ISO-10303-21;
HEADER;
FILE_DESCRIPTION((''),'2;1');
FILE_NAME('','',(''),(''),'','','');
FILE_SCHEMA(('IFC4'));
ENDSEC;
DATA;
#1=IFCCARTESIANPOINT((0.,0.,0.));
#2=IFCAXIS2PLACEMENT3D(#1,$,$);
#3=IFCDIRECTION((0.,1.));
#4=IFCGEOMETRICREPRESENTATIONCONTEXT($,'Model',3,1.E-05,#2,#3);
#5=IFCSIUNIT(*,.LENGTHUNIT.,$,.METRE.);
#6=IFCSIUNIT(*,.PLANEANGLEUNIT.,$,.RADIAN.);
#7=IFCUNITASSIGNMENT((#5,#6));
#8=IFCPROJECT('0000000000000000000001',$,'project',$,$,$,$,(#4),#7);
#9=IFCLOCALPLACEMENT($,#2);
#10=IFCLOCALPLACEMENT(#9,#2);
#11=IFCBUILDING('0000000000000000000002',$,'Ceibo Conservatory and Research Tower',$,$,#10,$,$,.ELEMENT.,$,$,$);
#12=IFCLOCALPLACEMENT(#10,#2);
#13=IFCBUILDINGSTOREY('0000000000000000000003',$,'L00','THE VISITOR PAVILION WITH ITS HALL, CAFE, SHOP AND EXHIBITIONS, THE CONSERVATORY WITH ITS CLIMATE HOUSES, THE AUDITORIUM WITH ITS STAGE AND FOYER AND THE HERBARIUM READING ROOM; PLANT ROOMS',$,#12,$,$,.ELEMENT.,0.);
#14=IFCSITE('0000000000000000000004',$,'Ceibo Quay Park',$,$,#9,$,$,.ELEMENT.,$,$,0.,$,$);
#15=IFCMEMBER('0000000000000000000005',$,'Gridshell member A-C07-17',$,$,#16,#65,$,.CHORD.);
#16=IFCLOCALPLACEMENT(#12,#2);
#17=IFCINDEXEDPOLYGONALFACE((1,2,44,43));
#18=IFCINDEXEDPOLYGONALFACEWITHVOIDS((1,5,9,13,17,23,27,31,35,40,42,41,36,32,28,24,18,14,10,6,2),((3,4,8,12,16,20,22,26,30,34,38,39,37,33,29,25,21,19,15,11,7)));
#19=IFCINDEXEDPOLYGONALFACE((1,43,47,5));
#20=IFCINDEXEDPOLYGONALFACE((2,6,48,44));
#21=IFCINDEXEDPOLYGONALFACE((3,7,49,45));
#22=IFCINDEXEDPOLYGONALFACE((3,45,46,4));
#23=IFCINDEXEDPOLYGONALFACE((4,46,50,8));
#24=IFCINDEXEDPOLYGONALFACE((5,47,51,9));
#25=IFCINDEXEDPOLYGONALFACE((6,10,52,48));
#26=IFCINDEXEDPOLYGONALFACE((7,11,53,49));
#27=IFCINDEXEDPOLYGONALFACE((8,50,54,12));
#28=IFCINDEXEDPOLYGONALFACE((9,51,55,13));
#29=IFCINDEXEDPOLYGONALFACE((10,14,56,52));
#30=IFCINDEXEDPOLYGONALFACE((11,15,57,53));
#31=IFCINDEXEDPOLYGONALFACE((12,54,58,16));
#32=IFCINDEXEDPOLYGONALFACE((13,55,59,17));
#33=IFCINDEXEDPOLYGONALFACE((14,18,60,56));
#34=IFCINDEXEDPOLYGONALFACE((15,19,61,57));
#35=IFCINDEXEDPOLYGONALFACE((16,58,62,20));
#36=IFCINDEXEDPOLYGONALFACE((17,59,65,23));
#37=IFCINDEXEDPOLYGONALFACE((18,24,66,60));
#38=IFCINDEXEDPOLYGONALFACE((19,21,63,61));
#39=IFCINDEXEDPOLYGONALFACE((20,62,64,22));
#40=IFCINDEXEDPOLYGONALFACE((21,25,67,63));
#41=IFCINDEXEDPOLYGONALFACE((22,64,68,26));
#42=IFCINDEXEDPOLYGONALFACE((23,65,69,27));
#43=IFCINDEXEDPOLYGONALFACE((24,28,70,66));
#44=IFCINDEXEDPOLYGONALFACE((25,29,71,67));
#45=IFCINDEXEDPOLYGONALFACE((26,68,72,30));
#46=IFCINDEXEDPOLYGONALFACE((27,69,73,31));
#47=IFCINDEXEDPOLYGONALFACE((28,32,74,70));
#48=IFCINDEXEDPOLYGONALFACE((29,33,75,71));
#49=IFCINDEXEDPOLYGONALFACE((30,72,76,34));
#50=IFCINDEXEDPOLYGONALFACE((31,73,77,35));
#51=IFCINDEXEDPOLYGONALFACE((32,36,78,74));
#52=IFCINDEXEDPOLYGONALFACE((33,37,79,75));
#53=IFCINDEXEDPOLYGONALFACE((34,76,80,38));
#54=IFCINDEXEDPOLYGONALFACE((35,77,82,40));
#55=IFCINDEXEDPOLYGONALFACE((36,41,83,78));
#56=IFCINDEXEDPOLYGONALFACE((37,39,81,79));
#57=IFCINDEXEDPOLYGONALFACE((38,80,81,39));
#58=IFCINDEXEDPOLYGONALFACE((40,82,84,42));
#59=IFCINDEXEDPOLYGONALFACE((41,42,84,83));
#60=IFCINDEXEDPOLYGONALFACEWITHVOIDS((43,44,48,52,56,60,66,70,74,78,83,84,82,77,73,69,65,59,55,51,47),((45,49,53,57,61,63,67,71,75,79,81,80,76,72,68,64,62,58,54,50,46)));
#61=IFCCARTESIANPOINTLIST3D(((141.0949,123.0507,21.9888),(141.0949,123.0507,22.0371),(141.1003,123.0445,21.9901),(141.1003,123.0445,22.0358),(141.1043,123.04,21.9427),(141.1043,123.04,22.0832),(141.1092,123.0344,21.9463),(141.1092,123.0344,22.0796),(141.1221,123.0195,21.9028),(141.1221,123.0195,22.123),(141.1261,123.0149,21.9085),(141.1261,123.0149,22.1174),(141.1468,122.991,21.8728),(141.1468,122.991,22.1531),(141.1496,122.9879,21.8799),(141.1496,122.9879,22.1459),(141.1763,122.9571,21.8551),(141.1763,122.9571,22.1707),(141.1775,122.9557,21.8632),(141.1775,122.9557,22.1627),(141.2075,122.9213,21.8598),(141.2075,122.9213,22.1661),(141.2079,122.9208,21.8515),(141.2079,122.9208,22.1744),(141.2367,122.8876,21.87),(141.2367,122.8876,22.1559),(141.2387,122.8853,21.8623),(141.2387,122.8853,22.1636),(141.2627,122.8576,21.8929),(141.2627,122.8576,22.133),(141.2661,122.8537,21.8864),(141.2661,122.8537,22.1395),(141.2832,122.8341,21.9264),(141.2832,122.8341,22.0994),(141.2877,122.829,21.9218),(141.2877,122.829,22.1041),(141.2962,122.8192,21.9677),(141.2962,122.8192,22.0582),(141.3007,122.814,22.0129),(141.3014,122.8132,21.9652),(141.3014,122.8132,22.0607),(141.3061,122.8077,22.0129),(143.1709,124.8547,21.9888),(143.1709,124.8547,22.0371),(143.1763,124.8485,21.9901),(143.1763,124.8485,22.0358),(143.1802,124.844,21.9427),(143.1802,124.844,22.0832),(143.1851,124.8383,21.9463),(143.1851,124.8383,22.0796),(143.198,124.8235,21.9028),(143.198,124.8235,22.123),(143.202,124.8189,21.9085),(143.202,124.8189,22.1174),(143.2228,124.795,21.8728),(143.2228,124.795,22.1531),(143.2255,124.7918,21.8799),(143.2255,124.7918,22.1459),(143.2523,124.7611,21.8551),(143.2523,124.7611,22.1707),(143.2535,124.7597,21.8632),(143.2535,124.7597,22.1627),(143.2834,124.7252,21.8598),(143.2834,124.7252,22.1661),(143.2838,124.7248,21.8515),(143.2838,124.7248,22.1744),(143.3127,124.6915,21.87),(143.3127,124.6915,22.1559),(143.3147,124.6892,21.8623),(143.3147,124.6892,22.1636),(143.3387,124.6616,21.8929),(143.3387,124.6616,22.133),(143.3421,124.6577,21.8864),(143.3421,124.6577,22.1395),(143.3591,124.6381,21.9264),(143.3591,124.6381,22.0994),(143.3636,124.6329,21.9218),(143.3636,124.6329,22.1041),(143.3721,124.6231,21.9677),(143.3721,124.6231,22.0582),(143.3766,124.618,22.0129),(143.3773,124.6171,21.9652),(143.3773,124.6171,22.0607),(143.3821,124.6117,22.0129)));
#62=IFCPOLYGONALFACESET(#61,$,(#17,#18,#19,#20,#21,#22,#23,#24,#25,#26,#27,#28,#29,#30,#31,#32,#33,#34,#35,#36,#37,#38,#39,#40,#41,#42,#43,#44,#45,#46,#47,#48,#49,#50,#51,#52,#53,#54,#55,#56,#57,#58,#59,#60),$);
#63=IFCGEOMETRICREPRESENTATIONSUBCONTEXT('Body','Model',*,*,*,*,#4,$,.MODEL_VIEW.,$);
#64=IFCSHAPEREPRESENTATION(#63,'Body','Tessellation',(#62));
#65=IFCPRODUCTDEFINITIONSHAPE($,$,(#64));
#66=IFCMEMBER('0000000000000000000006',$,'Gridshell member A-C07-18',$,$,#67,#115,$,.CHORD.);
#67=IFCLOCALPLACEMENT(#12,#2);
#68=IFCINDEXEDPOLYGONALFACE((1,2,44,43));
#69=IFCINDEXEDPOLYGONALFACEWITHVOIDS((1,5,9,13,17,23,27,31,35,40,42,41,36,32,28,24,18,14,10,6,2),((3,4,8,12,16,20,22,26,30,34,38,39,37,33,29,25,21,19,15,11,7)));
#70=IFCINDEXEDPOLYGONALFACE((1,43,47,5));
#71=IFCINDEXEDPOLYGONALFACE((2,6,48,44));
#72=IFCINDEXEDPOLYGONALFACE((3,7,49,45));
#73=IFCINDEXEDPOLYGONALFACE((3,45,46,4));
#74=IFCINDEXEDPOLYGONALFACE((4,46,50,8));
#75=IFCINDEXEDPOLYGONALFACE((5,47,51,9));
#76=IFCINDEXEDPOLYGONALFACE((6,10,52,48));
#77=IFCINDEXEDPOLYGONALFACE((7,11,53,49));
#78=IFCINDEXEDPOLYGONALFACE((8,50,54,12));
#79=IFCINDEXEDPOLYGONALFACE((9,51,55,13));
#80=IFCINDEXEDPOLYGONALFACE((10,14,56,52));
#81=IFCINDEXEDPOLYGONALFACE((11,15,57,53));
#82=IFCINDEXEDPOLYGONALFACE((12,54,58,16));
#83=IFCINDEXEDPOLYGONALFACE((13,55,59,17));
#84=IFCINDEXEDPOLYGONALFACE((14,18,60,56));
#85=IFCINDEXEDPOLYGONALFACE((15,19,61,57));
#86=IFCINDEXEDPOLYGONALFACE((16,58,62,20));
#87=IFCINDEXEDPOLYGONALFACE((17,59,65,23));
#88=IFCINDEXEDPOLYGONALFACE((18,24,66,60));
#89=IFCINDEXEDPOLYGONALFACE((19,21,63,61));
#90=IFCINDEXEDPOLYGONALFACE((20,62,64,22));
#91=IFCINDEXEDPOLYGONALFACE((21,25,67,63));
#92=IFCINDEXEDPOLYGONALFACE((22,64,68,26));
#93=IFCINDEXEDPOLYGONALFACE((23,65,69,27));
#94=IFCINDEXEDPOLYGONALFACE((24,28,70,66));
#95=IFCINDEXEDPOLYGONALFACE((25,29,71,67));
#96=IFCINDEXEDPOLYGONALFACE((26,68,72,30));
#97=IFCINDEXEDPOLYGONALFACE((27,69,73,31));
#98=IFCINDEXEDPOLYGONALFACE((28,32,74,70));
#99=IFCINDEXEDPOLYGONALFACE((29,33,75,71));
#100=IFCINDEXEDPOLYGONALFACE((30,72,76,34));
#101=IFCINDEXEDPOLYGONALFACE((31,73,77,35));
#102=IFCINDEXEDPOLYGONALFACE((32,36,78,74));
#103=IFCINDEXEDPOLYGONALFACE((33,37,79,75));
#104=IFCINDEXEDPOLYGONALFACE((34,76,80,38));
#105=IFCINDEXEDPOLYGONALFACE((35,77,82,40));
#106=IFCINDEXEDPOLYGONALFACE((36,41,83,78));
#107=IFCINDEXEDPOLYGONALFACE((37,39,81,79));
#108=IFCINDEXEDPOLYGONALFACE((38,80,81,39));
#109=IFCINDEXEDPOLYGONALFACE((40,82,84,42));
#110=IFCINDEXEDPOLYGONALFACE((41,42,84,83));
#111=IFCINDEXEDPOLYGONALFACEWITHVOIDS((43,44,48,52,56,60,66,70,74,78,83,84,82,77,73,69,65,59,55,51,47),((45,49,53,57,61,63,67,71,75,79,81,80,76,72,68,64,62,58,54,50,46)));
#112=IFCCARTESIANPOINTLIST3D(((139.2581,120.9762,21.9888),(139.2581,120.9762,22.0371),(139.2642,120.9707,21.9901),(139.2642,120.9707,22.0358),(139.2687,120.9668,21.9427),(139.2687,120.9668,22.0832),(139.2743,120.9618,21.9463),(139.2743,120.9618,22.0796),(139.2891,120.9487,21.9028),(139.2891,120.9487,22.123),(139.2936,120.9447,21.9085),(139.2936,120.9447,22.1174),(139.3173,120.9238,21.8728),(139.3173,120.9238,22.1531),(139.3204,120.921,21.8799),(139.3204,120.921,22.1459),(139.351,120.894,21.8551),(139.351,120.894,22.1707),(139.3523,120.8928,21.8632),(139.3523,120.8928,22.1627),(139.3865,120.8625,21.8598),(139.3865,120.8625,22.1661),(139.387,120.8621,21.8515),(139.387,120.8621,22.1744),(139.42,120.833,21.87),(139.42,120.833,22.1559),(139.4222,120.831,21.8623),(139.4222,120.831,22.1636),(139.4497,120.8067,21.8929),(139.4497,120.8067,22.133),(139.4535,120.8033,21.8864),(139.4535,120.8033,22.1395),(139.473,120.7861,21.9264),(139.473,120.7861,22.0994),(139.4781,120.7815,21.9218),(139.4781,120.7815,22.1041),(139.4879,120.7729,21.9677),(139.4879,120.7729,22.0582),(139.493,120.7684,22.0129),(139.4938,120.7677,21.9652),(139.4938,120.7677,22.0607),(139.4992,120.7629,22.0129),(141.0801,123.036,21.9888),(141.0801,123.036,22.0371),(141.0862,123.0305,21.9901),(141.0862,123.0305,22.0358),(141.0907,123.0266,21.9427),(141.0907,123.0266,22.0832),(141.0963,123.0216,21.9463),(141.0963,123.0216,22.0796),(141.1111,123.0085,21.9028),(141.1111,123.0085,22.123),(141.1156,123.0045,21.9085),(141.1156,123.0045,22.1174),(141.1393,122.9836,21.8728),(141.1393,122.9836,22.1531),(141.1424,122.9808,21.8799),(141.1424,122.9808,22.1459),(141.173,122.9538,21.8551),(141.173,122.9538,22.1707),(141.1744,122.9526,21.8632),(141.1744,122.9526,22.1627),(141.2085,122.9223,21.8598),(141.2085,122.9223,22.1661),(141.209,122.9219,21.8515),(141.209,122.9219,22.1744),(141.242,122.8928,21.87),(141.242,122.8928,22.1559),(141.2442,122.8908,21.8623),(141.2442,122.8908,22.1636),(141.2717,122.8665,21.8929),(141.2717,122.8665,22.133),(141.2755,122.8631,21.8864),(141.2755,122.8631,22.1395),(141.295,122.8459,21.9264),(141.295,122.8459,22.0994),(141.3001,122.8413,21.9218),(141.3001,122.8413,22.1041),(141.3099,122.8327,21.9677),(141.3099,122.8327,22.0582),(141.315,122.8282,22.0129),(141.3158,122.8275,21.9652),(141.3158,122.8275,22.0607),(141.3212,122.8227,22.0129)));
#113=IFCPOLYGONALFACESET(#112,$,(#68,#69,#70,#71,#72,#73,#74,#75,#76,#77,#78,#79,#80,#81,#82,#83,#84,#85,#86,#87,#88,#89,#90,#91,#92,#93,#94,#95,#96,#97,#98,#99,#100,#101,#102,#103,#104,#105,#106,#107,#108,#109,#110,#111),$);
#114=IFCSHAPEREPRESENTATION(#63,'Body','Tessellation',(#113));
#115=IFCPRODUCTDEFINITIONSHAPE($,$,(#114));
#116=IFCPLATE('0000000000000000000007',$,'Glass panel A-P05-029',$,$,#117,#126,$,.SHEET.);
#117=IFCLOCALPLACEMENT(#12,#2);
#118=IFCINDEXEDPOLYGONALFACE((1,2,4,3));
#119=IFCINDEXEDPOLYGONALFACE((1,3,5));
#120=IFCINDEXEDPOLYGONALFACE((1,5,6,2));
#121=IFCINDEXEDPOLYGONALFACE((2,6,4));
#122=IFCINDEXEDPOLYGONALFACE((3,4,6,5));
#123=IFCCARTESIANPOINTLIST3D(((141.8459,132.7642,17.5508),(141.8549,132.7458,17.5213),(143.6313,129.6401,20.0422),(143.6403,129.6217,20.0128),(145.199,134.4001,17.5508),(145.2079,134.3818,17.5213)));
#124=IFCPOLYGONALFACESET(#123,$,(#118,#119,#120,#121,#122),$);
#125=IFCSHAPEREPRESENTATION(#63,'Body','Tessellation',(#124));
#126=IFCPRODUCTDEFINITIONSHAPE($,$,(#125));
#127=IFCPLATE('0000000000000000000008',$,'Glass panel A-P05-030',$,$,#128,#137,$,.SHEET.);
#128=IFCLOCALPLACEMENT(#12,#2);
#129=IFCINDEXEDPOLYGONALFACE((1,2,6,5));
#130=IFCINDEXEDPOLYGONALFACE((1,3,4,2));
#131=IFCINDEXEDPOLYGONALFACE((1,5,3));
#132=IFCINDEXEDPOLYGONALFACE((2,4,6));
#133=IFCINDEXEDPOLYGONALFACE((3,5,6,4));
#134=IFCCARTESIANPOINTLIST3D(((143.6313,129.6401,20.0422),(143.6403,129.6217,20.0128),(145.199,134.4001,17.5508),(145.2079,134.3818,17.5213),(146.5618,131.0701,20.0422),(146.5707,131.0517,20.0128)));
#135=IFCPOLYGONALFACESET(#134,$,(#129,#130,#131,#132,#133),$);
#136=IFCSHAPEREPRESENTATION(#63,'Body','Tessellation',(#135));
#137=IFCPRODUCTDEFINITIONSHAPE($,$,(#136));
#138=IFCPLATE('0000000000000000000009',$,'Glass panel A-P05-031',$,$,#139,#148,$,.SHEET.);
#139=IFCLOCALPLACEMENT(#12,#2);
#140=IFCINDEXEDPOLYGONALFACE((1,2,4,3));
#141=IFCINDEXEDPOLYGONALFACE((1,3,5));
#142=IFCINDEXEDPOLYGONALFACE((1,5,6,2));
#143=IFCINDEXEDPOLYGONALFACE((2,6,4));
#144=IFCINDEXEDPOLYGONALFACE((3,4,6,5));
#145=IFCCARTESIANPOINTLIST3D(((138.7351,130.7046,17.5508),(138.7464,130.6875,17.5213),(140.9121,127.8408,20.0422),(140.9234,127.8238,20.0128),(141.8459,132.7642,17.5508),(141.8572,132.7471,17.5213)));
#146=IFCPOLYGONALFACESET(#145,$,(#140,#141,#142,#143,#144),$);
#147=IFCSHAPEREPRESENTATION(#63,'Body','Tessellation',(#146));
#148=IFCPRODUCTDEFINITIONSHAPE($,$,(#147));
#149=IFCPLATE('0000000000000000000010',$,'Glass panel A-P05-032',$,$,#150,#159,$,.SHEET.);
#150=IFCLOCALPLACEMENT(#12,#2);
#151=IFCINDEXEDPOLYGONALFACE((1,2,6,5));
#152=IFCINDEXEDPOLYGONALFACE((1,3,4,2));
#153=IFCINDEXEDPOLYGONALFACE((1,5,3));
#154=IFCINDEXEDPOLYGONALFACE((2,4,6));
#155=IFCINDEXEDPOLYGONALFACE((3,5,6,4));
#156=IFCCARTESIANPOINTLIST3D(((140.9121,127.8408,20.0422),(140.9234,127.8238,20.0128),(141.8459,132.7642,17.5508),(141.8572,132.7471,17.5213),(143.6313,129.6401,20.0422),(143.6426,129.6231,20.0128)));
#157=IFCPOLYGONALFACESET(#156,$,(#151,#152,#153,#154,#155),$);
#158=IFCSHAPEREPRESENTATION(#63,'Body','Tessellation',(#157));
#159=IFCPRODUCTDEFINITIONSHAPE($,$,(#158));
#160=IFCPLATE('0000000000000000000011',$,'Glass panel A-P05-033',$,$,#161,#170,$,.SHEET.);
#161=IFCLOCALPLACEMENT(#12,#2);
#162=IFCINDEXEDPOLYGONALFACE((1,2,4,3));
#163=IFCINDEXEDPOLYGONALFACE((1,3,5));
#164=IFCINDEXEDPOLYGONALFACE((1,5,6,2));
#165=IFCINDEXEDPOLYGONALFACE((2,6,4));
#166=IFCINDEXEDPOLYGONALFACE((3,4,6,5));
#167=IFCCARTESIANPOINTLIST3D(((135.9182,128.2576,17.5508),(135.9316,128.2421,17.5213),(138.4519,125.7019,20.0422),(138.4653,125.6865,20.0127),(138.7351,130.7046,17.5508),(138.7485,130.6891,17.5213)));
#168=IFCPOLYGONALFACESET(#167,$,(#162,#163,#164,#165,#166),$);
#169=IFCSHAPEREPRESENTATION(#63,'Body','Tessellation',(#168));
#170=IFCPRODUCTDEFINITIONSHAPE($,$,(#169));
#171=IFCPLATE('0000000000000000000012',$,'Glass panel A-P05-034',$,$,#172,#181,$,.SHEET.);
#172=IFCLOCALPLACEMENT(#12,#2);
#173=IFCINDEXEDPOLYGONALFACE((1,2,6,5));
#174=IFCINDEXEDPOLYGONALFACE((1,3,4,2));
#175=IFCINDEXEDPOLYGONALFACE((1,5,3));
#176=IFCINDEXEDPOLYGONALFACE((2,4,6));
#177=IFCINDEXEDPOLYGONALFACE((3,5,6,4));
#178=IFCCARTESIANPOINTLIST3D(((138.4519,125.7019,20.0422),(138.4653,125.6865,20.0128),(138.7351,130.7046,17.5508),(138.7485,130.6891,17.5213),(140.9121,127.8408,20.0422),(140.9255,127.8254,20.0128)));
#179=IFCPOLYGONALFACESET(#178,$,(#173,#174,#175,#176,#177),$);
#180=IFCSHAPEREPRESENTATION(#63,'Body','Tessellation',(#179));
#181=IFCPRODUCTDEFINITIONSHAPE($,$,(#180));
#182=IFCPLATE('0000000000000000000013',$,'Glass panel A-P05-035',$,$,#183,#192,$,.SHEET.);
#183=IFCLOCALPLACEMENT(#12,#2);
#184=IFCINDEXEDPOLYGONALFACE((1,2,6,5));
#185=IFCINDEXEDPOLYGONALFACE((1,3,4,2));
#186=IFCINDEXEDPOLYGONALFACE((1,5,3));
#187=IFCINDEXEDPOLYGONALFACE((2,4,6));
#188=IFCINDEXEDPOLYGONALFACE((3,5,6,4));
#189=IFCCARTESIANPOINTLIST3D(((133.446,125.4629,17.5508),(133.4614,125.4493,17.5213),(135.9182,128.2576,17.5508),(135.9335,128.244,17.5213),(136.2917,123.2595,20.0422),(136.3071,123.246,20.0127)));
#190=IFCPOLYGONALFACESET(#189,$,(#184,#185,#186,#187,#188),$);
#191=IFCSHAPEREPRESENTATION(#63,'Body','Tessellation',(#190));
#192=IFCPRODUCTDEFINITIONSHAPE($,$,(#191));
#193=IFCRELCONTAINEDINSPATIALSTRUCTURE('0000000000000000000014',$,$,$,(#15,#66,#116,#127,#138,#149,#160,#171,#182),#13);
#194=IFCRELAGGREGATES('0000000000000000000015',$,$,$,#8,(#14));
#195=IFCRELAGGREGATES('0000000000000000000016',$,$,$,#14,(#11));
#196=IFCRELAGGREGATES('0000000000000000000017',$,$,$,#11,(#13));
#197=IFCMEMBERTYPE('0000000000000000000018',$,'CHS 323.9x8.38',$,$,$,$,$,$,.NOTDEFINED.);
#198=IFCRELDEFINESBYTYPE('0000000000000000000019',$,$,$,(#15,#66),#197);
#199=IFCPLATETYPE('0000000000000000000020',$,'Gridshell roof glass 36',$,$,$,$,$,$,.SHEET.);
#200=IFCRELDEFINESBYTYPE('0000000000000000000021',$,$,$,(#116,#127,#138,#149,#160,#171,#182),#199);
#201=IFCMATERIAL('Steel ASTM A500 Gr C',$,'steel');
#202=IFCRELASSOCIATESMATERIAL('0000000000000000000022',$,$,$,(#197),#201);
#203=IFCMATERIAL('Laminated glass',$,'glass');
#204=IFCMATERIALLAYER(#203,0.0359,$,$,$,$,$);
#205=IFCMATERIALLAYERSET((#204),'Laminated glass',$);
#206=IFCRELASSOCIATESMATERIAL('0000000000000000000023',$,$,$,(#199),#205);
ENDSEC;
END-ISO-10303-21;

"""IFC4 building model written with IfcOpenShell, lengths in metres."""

from ifc_helpers import new_model, si_unit, direction, frame, origin, origin_2d, place, context, subcontext, project, spatial, polyline, hollow_circle, outline, extrude, material, layer, layer_set, material_profile, profile_set, type_object, element, save


model = new_model("IFC4")

# Units and contexts
model_context = context("Model", 3, precision=1e-05, world=origin(), true_north=direction((0.0, 1.0)))
body_context = subcontext(model_context, "Body", "Model", "MODEL_VIEW")
ifc_project = project(units=[si_unit("LENGTHUNIT", "METRE"), si_unit("PLANEANGLEUNIT", "RADIAN")], contexts=[model_context])

# Site, building, storey
site_placement = place(None, origin())
site = spatial("IfcSite", under=ifc_project, at=site_placement, Name="Ceibo Quay Park", CompositionType="ELEMENT", RefElevation=0.0)
building_placement = place(site_placement, origin())
building = spatial("IfcBuilding", under=site, at=building_placement, Name="Ceibo Conservatory and Research Tower", CompositionType="ELEMENT")
storey_placement = place(building_placement, origin())
storey = spatial("IfcBuildingStorey", under=building, at=storey_placement, Name="L00", Description="THE VISITOR PAVILION WITH ITS HALL, CAFE, SHOP AND EXHIBITIONS, THE CONSERVATORY WITH ITS CLIMATE HOUSES, THE AUDITORIUM WITH ITS STAGE AND FOYER AND THE HERBARIUM READING ROOM; PLANT ROOMS", CompositionType="ELEMENT", Elevation=0.0)

# Members
ifc_material_1 = material(Name="Steel ASTM A500 Gr C", Category="steel")
ifc_material_profile_1 = material_profile(ifc_material_1, hollow_circle(Radius=0.1619, WallThickness=0.0083, at=origin_2d()), Name="CHS 323.9x8.38")
ifc_profile_set_1 = profile_set([ifc_material_profile_1], Name="Steel ASTM A500 Gr C")
member_type_1 = type_object("IfcMemberType", Name="CHS 323.9x8.38", PredefinedType="NOTDEFINED", material=ifc_profile_set_1)
member_1_placement = place(storey_placement, frame((143.2759, 124.7339, 22.0129), z_axis=(-0.754821, -0.65593, 0.0), x_axis=(0.65593, -0.754821, 0.0)))
element("IfcMember", 1, at=member_1_placement, inside=storey, type_object=member_type_1, Name="Gridshell member A-C07-17", PredefinedType="CHORD", context=body_context, shape_type="SweptSolid", body=[
    extrude(hollow_circle(Radius=0.1619, WallThickness=0.0083, at=origin_2d()), origin(), (0.0, 0.0, 1.0), 2.7502),
])
member_2_placement = place(storey_placement, frame((141.2, 122.9299, 22.0129), z_axis=(-0.662549, -0.749019, 0.0), x_axis=(0.749019, -0.662549, 0.0)))
element("IfcMember", 2, at=member_2_placement, inside=storey, type_object=member_type_1, Name="Gridshell member A-C07-18", PredefinedType="CHORD", context=body_context, shape_type="SweptSolid", body=[
    extrude(hollow_circle(Radius=0.1619, WallThickness=0.0083, at=origin_2d()), origin(), (0.0, 0.0, 1.0), 2.75),
])

# Plates
ifc_material_2 = material(Name="Laminated glass", Category="glass")
ifc_layer = layer(ifc_material_2, 0.0359)
ifc_layer_set = layer_set([ifc_layer], Name="Laminated glass")
plate_type = type_object("IfcPlateType", Name="Gridshell roof glass 36", PredefinedType="SHEET", material=ifc_layer_set)
plate_1_placement = place(storey_placement, frame((145.199, 134.4001, 17.5508), z_axis=(-0.249985, 0.512356, 0.821583), x_axis=(-0.89873, -0.438502, 0.0)))
element("IfcPlate", 3, at=plate_1_placement, inside=storey, type_object=plate_type, Name="Glass panel A-P05-029", PredefinedType="SHEET", context=body_context, shape_type="SweptSolid", body=[
    extrude(outline(polyline([(0.0, 0.0), (3.7309, 0.0), (3.4961, 4.3703), (0.0, 0.0)])), origin(), (0.0, 0.0, -1.0), 0.0359),
])
plate_2_placement = place(storey_placement, frame((145.199, 134.4001, 17.5508), z_axis=(-0.250012, 0.51236, 0.821573), x_axis=(-0.280101, -0.85051, 0.445169)))
element("IfcPlate", 4, at=plate_2_placement, inside=storey, type_object=plate_type, Name="Glass panel A-P05-030", PredefinedType="SHEET", context=body_context, shape_type="SweptSolid", body=[
    extrude(outline(polyline([(0.0, 0.0), (5.5967, 0.0), (3.5597, 2.5461), (0.0, 0.0)])), origin(), (0.0, 0.0, -1.0), 0.0359),
])
plate_3_placement = place(storey_placement, frame((141.8459, 132.7642, 17.5508), z_axis=(-0.314765, 0.475431, 0.821516), x_axis=(-0.833818, -0.55204, 0.0)))
element("IfcPlate", 5, at=plate_3_placement, inside=storey, type_object=plate_type, Name="Glass panel A-P05-031", PredefinedType="SHEET", context=body_context, shape_type="SweptSolid", body=[
    extrude(outline(polyline([(0.0, 0.0), (3.7308, 0.0), (3.4965, 4.3695), (0.0, 0.0)])), origin(), (0.0, 0.0, -1.0), 0.0359),
])
plate_4_placement = place(storey_placement, frame((141.8459, 132.7642, 17.5508), z_axis=(-0.314593, 0.475432, 0.821582), x_axis=(-0.166867, -0.879748, 0.445196)))
element("IfcPlate", 6, at=plate_4_placement, inside=storey, type_object=plate_type, Name="Glass panel A-P05-032", PredefinedType="SHEET", context=body_context, shape_type="SweptSolid", body=[
    extrude(outline(polyline([(0.0, 0.0), (5.5963, 0.0), (3.5596, 2.5463), (0.0, 0.0)])), origin(), (0.0, 0.0, -1.0), 0.0359),
])
plate_5_placement = place(storey_placement, frame((138.7351, 130.7046, 17.5508), z_axis=(-0.373839, 0.430345, 0.821613), x_axis=(-0.754931, -0.655804, 0.0)))
element("IfcPlate", 7, at=plate_5_placement, inside=storey, type_object=plate_type, Name="Glass panel A-P05-033", PredefinedType="SHEET", context=body_context, shape_type="SweptSolid", body=[
    extrude(outline(polyline([(0.0, 0.0), (3.7313, 0.0), (3.4946, 4.3706), (0.0, 0.0)])), origin(), (0.0, 0.0, -1.0), 0.0359),
])
plate_6_placement = place(storey_placement, frame((138.7351, 130.7046, 17.5508), z_axis=(-0.374113, 0.430309, 0.821507), x_axis=(-0.050609, -0.893987, 0.445226)))
element("IfcPlate", 8, at=plate_6_placement, inside=storey, type_object=plate_type, Name="Glass panel A-P05-034", PredefinedType="SHEET", context=body_context, shape_type="SweptSolid", body=[
    extrude(outline(polyline([(0.0, 0.0), (5.5959, 0.0), (3.5593, 2.5455), (0.0, 0.0)])), origin(), (0.0, 0.0, -1.0), 0.0359),
])
plate_7_placement = place(storey_placement, frame((135.9182, 128.2576, 17.5508), z_axis=(-0.426937, 0.377668, 0.82164), x_axis=(-0.662567, -0.749003, 0.0)))
element("IfcPlate", 9, at=plate_7_placement, inside=storey, type_object=plate_type, Name="Glass panel A-P05-035", PredefinedType="SHEET", context=body_context, shape_type="SweptSolid", body=[
    extrude(outline(polyline([(0.0, 0.0), (3.7312, 0.0), (3.4961, 4.3709), (0.0, 0.0)])), origin(), (0.0, 0.0, -1.0), 0.0359),
])

save(model, "model.ifc")
